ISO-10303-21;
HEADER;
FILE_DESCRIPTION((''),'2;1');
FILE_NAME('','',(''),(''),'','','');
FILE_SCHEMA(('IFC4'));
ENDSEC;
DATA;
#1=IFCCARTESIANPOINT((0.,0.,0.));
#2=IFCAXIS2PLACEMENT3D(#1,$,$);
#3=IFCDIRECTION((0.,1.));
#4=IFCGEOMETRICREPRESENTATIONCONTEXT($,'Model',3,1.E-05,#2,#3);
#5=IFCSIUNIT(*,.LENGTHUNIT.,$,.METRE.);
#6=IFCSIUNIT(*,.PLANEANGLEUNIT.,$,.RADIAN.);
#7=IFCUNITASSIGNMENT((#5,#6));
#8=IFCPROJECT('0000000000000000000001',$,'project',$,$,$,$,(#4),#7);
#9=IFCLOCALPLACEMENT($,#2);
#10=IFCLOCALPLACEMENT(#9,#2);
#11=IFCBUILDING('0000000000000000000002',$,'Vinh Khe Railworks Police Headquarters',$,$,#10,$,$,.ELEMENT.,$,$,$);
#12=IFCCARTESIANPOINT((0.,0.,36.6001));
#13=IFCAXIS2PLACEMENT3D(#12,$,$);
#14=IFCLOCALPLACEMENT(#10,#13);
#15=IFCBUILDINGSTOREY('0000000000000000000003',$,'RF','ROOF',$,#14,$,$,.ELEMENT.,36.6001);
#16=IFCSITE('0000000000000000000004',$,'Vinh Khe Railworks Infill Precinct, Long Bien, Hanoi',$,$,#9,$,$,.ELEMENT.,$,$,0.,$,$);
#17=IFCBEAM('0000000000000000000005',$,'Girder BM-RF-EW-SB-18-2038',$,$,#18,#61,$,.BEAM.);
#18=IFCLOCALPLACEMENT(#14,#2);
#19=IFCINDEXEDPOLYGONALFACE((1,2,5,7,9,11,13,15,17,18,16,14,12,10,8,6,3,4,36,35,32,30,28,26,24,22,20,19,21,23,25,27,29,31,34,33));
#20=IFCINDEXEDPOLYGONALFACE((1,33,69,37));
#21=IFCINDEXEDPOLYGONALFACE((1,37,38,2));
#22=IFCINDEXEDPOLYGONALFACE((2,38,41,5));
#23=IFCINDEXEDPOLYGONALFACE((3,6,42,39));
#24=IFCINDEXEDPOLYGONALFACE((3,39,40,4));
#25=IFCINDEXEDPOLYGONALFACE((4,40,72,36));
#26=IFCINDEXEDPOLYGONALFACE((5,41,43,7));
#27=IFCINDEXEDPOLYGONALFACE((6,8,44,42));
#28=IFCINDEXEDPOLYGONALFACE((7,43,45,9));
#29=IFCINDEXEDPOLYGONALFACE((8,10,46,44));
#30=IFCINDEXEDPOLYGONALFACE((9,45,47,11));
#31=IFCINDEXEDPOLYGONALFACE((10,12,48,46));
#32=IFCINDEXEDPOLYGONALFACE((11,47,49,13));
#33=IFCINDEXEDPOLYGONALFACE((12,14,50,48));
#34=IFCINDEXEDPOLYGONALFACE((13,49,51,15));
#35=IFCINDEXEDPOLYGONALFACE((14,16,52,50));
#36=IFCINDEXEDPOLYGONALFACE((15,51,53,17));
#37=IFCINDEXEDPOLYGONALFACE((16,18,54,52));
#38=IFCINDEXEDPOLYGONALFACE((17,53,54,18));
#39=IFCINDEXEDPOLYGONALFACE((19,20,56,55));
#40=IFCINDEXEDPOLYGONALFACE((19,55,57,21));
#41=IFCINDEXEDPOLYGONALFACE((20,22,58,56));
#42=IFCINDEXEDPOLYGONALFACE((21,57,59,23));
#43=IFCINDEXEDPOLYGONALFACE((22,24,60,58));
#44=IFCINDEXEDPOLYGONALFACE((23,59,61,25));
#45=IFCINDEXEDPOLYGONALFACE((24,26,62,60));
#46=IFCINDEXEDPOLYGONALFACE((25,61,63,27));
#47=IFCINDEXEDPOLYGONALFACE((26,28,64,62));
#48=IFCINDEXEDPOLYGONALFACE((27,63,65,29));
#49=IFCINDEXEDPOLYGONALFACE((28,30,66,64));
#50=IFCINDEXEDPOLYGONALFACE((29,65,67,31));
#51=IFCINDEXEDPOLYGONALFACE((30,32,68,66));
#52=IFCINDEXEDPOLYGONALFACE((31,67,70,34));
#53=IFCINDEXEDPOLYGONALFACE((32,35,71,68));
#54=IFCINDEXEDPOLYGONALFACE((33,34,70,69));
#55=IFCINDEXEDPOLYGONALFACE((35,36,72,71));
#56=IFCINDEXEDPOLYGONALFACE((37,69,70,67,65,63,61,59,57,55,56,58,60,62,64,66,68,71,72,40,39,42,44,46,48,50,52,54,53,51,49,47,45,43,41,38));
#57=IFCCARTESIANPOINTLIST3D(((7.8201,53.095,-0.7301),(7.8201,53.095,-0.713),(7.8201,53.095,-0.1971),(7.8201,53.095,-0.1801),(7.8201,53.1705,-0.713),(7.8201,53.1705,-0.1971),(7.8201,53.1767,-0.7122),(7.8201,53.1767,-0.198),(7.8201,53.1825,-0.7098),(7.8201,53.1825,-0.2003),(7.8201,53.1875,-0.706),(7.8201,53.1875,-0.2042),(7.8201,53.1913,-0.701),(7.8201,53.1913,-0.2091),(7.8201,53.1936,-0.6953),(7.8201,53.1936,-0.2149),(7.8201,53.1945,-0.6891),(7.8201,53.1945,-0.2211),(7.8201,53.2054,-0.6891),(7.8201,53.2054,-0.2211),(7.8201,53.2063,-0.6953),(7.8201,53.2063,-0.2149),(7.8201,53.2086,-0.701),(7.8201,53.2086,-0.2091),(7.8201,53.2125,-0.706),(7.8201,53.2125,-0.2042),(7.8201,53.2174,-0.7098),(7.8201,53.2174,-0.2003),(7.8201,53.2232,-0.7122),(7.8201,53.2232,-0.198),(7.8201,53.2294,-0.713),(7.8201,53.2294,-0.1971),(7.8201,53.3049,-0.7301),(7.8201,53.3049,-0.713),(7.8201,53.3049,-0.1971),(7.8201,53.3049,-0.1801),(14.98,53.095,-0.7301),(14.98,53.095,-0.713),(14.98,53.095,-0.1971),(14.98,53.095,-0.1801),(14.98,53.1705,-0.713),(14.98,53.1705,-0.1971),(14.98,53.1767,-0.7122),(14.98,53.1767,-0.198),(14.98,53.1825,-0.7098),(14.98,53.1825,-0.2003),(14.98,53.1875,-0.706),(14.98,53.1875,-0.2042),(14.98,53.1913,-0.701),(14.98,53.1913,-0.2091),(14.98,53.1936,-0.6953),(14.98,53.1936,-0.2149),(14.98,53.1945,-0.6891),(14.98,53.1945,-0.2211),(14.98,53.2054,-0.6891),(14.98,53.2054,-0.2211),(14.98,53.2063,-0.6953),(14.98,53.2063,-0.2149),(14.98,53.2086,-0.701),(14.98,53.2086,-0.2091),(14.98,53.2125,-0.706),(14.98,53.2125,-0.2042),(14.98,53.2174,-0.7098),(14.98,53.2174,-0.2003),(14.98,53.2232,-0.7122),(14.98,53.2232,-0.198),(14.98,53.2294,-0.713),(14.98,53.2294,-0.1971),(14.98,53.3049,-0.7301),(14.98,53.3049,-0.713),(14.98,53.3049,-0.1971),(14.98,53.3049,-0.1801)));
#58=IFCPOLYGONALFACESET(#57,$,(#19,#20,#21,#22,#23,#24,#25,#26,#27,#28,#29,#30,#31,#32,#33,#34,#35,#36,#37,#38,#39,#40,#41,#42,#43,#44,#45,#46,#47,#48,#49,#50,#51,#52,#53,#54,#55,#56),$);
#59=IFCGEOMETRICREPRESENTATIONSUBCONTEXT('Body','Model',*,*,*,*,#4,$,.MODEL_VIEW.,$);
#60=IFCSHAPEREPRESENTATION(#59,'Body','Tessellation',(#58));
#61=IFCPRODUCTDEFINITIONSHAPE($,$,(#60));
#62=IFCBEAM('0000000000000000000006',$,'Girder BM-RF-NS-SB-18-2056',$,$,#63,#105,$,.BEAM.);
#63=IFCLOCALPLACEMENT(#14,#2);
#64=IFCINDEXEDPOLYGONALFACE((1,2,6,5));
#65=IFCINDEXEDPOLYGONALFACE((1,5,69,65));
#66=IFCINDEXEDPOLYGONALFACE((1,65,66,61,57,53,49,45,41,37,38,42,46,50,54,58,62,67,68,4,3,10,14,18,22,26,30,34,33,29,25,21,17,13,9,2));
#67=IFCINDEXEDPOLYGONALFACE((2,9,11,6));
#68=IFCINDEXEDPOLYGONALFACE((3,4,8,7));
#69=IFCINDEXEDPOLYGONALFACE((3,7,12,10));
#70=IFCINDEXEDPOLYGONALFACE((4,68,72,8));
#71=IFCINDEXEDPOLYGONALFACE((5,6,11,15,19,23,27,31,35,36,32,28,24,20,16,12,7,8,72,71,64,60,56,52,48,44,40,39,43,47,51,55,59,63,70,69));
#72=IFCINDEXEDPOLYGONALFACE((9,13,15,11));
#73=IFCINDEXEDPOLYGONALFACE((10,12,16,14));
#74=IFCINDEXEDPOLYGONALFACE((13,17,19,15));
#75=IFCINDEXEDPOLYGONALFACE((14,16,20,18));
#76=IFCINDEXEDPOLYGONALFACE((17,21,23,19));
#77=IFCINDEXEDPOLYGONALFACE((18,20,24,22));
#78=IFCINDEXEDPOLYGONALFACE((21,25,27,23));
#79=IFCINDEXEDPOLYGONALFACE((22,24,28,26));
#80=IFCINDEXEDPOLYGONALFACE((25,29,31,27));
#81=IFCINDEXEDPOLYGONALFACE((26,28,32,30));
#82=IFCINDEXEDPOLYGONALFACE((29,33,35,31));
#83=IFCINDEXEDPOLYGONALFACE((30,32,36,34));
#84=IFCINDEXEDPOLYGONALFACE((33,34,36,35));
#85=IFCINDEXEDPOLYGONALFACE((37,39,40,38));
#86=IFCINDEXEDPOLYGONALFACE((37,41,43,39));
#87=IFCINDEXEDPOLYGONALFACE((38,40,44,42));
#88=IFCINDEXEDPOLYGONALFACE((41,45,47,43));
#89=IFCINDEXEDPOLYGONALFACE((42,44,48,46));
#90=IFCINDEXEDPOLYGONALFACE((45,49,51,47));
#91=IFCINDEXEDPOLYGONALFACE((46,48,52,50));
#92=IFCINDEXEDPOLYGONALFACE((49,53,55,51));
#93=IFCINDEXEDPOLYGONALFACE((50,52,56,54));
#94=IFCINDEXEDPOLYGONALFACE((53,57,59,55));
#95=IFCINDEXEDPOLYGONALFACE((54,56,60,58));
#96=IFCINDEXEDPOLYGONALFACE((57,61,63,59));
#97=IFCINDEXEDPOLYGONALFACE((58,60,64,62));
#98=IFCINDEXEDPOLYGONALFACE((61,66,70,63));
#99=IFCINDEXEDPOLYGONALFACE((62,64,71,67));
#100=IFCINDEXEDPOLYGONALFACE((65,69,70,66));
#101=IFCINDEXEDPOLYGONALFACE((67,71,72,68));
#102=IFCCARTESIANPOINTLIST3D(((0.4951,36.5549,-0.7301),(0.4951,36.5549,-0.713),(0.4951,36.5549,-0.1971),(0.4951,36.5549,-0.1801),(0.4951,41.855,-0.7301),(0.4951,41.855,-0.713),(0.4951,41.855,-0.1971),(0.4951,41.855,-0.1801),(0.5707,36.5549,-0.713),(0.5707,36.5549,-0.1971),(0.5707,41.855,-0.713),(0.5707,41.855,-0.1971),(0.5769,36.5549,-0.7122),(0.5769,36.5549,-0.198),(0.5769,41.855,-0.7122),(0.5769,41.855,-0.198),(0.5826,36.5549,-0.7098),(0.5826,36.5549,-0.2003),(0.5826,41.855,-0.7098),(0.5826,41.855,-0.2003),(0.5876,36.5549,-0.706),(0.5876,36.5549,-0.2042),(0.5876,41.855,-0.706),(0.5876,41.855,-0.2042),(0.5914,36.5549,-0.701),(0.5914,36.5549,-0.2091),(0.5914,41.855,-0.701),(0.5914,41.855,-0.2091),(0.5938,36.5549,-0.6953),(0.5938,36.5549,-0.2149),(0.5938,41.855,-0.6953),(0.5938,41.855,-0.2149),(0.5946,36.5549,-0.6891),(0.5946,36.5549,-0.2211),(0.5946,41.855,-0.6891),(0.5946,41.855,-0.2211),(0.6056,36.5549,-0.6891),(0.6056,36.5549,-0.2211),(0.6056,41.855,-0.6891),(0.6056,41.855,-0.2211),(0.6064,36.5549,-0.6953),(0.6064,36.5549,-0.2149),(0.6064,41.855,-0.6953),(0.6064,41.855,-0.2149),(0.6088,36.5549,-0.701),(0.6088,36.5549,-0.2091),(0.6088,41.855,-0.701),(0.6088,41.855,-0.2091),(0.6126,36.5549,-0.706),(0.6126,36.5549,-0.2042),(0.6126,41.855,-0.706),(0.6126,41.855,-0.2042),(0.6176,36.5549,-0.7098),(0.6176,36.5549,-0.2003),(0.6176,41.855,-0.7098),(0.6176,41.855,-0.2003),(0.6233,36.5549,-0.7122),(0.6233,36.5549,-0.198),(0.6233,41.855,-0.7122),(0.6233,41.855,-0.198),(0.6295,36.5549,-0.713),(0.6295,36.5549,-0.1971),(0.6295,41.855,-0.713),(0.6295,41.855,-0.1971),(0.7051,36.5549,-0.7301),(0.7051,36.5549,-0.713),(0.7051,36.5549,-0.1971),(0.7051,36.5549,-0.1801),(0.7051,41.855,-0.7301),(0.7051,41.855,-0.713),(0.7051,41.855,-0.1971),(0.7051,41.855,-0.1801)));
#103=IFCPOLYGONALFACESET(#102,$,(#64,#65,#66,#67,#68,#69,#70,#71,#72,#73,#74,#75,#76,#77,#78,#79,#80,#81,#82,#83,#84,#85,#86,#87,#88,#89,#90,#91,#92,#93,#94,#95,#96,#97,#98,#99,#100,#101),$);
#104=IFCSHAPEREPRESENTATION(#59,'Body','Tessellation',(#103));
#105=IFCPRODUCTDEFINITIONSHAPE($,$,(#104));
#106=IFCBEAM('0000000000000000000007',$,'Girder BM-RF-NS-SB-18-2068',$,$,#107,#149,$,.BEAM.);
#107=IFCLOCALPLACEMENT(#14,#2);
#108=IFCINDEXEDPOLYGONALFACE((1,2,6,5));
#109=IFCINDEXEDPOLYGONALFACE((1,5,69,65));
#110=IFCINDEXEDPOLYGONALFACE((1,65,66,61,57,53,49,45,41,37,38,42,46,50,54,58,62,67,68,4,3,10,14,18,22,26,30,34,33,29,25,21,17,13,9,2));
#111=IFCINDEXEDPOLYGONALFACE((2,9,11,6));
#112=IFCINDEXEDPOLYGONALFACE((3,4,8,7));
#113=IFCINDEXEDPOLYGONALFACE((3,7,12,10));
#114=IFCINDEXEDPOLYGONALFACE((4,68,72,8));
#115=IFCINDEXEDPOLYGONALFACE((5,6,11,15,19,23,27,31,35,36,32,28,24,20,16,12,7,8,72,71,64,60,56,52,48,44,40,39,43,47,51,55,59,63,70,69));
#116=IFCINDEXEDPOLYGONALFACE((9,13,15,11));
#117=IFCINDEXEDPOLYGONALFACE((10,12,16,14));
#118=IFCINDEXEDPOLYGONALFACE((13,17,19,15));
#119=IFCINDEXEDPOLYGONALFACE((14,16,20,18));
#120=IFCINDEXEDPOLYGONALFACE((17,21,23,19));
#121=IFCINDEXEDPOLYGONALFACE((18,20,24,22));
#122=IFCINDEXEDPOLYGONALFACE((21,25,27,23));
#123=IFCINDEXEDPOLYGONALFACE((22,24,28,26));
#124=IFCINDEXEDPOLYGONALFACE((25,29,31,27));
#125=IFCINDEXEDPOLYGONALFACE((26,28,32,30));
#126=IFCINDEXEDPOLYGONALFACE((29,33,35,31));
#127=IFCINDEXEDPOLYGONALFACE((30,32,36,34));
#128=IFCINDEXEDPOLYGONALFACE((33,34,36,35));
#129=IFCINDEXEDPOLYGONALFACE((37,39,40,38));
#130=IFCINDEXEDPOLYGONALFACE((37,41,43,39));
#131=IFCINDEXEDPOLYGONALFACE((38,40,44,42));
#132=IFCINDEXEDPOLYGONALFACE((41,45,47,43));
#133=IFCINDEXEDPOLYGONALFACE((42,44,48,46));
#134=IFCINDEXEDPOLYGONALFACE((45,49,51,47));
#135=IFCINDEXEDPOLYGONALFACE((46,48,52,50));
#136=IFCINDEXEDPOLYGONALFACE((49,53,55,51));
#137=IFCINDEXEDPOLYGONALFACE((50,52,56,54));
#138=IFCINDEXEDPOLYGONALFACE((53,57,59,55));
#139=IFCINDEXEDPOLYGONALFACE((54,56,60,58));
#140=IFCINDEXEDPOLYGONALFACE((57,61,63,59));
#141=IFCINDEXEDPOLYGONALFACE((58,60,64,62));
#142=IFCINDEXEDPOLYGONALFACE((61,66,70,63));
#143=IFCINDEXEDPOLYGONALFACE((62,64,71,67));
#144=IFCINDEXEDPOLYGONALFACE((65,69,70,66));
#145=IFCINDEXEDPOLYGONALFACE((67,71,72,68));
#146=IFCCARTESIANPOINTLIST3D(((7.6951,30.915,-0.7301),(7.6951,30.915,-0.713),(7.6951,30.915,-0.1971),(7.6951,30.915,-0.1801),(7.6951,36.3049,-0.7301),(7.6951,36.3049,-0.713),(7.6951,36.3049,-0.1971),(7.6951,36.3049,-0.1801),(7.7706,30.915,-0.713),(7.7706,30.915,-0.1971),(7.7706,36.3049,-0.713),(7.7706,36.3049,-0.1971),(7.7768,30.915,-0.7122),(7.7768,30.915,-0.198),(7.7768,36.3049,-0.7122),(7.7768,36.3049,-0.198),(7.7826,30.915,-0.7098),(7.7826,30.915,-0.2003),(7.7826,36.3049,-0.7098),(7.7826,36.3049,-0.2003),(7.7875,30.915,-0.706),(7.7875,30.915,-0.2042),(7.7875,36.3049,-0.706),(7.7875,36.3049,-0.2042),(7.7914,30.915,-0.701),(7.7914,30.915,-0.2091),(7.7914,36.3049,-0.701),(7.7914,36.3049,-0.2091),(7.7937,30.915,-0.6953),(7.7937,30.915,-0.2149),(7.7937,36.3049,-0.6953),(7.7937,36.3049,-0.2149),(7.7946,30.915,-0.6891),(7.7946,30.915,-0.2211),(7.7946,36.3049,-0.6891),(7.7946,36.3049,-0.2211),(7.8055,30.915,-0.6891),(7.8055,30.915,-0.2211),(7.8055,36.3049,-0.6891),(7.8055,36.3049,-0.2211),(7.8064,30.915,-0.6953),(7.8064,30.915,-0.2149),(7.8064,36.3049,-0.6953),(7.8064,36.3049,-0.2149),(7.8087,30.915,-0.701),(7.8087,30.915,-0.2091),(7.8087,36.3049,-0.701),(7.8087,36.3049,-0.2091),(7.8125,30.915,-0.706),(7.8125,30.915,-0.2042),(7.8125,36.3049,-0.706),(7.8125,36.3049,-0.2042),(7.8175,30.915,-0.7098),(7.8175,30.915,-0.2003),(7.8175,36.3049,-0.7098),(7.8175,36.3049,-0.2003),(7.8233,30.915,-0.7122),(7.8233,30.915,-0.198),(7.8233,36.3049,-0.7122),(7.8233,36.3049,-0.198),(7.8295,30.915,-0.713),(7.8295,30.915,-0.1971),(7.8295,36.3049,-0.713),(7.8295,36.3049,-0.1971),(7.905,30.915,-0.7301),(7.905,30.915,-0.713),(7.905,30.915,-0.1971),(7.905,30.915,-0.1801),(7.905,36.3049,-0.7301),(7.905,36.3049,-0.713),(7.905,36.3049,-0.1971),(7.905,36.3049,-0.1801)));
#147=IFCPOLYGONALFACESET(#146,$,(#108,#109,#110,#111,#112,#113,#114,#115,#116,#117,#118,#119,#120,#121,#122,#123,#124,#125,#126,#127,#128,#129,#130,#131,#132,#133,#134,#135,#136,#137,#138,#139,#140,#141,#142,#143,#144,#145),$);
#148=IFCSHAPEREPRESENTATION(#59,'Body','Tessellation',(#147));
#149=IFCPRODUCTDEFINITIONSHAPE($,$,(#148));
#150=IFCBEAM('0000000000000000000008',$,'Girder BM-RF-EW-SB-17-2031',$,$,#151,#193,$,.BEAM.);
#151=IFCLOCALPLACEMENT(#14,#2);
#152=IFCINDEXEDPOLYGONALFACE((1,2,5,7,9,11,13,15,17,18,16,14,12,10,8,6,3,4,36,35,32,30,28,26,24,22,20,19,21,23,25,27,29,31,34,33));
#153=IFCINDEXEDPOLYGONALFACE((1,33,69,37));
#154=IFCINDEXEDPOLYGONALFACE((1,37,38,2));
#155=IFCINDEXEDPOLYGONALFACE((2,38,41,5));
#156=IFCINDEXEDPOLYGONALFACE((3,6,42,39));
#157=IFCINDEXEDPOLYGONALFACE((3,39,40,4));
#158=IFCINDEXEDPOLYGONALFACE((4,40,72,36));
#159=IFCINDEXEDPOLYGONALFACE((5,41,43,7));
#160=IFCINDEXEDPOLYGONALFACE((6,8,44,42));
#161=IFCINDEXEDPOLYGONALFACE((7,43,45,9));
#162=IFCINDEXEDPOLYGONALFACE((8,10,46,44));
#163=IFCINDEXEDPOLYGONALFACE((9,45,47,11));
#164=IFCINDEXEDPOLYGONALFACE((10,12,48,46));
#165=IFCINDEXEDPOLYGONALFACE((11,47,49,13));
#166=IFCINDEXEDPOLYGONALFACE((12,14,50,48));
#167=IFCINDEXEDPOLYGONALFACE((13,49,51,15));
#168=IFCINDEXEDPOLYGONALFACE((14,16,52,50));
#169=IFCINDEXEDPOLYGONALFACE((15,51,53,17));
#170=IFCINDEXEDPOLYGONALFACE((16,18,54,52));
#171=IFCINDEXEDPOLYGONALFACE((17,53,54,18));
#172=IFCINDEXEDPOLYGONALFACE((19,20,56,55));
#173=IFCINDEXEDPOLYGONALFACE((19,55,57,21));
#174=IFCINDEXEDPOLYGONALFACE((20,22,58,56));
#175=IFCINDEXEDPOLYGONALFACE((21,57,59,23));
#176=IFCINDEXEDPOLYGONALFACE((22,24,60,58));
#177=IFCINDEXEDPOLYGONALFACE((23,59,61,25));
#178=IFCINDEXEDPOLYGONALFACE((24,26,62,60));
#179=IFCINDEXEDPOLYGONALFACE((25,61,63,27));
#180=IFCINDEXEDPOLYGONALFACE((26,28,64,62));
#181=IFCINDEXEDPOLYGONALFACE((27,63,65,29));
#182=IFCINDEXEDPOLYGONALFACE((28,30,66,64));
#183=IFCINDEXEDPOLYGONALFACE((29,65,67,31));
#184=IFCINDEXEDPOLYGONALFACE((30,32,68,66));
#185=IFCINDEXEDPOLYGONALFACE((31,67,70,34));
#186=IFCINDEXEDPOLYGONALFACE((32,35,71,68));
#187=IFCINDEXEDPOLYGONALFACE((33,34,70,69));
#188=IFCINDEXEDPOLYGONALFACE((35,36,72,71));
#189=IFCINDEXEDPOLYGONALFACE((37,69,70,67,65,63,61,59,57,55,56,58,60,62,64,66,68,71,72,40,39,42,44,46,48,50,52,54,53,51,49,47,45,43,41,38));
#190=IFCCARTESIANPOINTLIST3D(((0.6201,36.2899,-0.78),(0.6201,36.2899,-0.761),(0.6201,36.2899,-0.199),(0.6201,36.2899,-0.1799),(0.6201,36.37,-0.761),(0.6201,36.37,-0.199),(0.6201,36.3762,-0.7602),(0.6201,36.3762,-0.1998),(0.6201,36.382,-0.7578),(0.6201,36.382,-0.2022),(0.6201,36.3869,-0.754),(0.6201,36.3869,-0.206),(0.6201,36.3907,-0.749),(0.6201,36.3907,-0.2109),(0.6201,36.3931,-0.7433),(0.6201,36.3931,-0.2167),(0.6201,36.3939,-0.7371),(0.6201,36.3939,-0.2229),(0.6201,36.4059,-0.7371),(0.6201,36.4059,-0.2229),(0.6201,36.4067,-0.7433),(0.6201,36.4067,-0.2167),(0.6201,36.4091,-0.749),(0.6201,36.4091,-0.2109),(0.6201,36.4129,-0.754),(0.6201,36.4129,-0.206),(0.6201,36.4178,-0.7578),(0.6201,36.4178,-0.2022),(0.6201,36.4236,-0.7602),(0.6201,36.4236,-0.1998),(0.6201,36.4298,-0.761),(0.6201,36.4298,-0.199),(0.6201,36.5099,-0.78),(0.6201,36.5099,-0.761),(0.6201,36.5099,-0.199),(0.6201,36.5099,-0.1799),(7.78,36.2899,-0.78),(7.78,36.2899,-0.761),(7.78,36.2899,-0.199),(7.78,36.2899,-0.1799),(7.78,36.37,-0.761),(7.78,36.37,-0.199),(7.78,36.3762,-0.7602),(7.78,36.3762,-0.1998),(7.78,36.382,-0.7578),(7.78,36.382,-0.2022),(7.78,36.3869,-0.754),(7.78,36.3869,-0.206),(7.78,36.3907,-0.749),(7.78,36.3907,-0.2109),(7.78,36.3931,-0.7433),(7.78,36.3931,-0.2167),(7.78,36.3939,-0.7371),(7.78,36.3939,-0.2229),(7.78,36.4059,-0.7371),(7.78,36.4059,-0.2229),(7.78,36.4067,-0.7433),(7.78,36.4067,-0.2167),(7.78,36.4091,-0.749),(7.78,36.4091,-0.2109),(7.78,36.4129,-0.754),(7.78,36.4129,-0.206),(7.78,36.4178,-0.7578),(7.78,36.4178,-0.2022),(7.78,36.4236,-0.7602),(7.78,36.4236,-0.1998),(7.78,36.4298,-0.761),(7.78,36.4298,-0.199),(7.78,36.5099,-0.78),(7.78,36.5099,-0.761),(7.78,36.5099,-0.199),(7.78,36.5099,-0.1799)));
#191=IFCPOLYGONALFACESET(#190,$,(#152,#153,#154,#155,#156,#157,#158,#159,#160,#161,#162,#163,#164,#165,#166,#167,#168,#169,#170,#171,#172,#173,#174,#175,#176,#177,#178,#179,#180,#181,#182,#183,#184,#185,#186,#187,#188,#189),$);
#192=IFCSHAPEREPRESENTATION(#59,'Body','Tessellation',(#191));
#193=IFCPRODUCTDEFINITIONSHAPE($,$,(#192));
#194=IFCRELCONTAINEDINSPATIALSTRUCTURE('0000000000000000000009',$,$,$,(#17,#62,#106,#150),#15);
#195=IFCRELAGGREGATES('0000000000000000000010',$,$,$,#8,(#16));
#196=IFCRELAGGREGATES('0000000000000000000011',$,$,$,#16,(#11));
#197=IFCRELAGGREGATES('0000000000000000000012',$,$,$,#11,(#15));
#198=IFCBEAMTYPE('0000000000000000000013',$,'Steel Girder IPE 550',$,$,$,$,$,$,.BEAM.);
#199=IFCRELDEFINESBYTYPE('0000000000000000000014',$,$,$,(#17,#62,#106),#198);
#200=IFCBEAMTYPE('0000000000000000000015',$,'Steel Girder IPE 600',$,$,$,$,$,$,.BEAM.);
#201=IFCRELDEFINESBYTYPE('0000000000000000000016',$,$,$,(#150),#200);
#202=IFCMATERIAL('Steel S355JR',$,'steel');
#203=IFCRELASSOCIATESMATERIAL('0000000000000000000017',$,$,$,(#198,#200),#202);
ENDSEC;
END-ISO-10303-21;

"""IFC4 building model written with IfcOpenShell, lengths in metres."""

from ifc_helpers import new_model, si_unit, direction, frame, origin, origin_2d, place, context, subcontext, project, spatial, i_section, extrude, material, material_profile, profile_set, type_object, element, save


model = new_model("IFC4")

# Units and contexts
model_context = context("Model", 3, precision=1e-05, world=origin(), true_north=direction((0.0, 1.0)))
body_context = subcontext(model_context, "Body", "Model", "MODEL_VIEW")
ifc_project = project(units=[si_unit("LENGTHUNIT", "METRE"), si_unit("PLANEANGLEUNIT", "RADIAN")], contexts=[model_context])

# Site, building, storey
site_placement = place(None, origin())
site = spatial("IfcSite", under=ifc_project, at=site_placement, Name="Vinh Khe Railworks Infill Precinct, Long Bien, Hanoi", CompositionType="ELEMENT", RefElevation=0.0)
building_placement = place(site_placement, origin())
building = spatial("IfcBuilding", under=site, at=building_placement, Name="Vinh Khe Railworks Police Headquarters", CompositionType="ELEMENT")
storey_placement = place(building_placement, frame((0.0, 0.0, 36.6001)))
storey = spatial("IfcBuildingStorey", under=building, at=storey_placement, Name="RF", Description="ROOF", CompositionType="ELEMENT", Elevation=36.6001)

# Shared definitions
ifc_material_1 = material(Name="Steel S355JR", Category="steel")

# Beams
ifc_material_profile_1 = material_profile(ifc_material_1, i_section(OverallWidth=0.21, OverallDepth=0.55, WebThickness=0.011, FlangeThickness=0.0171, FilletRadius=0.0239, at=origin_2d()), Name="IPE 550")
ifc_profile_set_1 = profile_set([ifc_material_profile_1], Name="Steel S355JR")
beam_type_1 = type_object("IfcBeamType", Name="Steel Girder IPE 550", PredefinedType="BEAM", material=ifc_profile_set_1)
for number, where, z_axis, x_axis, name in (
    (1, (7.8201, 53.2, -0.4551), (1.0, 0.0, 0.0), (0.0, 1.0, 0.0), "Girder BM-RF-EW-SB-18-2038"),
):
    element("IfcBeam", number, at=place(storey_placement, frame(where, z_axis=z_axis, x_axis=x_axis)), inside=storey, type_object=beam_type_1, Name=name, PredefinedType="BEAM", context=body_context, shape_type="SweptSolid", body=[
        extrude(i_section(OverallWidth=0.21, OverallDepth=0.55, WebThickness=0.011, FlangeThickness=0.0171, FilletRadius=0.0239, at=origin_2d()), origin(), (0.0, 0.0, 1.0), 7.1599),
    ])
beam_1_placement = place(storey_placement, frame((0.6001, 36.5549, -0.4551), z_axis=(0.0, 1.0, 0.0), x_axis=(-1.0, 0.0, 0.0)))
element("IfcBeam", 2, at=beam_1_placement, inside=storey, type_object=beam_type_1, Name="Girder BM-RF-NS-SB-18-2056", PredefinedType="BEAM", context=body_context, shape_type="SweptSolid", body=[
    extrude(i_section(OverallWidth=0.21, OverallDepth=0.55, WebThickness=0.011, FlangeThickness=0.0171, FilletRadius=0.0239, at=origin_2d()), origin(), (0.0, 0.0, 1.0), 5.3),
])
beam_2_placement = place(storey_placement, frame((7.8, 30.915, -0.4551), z_axis=(0.0, 1.0, 0.0), x_axis=(-1.0, 0.0, 0.0)))
element("IfcBeam", 3, at=beam_2_placement, inside=storey, type_object=beam_type_1, Name="Girder BM-RF-NS-SB-18-2068", PredefinedType="BEAM", context=body_context, shape_type="SweptSolid", body=[
    extrude(i_section(OverallWidth=0.21, OverallDepth=0.55, WebThickness=0.011, FlangeThickness=0.0171, FilletRadius=0.0239, at=origin_2d()), origin(), (0.0, 0.0, 1.0), 5.3899),
])
ifc_material_profile_2 = material_profile(ifc_material_1, i_section(OverallWidth=0.22, OverallDepth=0.6001, WebThickness=0.012, FlangeThickness=0.019, FilletRadius=0.0239, at=origin_2d()), Name="IPE 600")
ifc_profile_set_2 = profile_set([ifc_material_profile_2], Name="Steel S355JR")
beam_type_2 = type_object("IfcBeamType", Name="Steel Girder IPE 600", PredefinedType="BEAM", material=ifc_profile_set_2)
for number, where, z_axis, x_axis, name in (
    (4, (0.6201, 36.3999, -0.48), (1.0, 0.0, 0.0), (0.0, 1.0, 0.0), "Girder BM-RF-EW-SB-17-2031"),
):
    element("IfcBeam", number, at=place(storey_placement, frame(where, z_axis=z_axis, x_axis=x_axis)), inside=storey, type_object=beam_type_2, Name=name, PredefinedType="BEAM", context=body_context, shape_type="SweptSolid", body=[
        extrude(i_section(OverallWidth=0.22, OverallDepth=0.6001, WebThickness=0.012, FlangeThickness=0.019, FilletRadius=0.0239, at=origin_2d()), origin(), (0.0, 0.0, 1.0), 7.1599),
    ])

save(model, "model.ifc")
